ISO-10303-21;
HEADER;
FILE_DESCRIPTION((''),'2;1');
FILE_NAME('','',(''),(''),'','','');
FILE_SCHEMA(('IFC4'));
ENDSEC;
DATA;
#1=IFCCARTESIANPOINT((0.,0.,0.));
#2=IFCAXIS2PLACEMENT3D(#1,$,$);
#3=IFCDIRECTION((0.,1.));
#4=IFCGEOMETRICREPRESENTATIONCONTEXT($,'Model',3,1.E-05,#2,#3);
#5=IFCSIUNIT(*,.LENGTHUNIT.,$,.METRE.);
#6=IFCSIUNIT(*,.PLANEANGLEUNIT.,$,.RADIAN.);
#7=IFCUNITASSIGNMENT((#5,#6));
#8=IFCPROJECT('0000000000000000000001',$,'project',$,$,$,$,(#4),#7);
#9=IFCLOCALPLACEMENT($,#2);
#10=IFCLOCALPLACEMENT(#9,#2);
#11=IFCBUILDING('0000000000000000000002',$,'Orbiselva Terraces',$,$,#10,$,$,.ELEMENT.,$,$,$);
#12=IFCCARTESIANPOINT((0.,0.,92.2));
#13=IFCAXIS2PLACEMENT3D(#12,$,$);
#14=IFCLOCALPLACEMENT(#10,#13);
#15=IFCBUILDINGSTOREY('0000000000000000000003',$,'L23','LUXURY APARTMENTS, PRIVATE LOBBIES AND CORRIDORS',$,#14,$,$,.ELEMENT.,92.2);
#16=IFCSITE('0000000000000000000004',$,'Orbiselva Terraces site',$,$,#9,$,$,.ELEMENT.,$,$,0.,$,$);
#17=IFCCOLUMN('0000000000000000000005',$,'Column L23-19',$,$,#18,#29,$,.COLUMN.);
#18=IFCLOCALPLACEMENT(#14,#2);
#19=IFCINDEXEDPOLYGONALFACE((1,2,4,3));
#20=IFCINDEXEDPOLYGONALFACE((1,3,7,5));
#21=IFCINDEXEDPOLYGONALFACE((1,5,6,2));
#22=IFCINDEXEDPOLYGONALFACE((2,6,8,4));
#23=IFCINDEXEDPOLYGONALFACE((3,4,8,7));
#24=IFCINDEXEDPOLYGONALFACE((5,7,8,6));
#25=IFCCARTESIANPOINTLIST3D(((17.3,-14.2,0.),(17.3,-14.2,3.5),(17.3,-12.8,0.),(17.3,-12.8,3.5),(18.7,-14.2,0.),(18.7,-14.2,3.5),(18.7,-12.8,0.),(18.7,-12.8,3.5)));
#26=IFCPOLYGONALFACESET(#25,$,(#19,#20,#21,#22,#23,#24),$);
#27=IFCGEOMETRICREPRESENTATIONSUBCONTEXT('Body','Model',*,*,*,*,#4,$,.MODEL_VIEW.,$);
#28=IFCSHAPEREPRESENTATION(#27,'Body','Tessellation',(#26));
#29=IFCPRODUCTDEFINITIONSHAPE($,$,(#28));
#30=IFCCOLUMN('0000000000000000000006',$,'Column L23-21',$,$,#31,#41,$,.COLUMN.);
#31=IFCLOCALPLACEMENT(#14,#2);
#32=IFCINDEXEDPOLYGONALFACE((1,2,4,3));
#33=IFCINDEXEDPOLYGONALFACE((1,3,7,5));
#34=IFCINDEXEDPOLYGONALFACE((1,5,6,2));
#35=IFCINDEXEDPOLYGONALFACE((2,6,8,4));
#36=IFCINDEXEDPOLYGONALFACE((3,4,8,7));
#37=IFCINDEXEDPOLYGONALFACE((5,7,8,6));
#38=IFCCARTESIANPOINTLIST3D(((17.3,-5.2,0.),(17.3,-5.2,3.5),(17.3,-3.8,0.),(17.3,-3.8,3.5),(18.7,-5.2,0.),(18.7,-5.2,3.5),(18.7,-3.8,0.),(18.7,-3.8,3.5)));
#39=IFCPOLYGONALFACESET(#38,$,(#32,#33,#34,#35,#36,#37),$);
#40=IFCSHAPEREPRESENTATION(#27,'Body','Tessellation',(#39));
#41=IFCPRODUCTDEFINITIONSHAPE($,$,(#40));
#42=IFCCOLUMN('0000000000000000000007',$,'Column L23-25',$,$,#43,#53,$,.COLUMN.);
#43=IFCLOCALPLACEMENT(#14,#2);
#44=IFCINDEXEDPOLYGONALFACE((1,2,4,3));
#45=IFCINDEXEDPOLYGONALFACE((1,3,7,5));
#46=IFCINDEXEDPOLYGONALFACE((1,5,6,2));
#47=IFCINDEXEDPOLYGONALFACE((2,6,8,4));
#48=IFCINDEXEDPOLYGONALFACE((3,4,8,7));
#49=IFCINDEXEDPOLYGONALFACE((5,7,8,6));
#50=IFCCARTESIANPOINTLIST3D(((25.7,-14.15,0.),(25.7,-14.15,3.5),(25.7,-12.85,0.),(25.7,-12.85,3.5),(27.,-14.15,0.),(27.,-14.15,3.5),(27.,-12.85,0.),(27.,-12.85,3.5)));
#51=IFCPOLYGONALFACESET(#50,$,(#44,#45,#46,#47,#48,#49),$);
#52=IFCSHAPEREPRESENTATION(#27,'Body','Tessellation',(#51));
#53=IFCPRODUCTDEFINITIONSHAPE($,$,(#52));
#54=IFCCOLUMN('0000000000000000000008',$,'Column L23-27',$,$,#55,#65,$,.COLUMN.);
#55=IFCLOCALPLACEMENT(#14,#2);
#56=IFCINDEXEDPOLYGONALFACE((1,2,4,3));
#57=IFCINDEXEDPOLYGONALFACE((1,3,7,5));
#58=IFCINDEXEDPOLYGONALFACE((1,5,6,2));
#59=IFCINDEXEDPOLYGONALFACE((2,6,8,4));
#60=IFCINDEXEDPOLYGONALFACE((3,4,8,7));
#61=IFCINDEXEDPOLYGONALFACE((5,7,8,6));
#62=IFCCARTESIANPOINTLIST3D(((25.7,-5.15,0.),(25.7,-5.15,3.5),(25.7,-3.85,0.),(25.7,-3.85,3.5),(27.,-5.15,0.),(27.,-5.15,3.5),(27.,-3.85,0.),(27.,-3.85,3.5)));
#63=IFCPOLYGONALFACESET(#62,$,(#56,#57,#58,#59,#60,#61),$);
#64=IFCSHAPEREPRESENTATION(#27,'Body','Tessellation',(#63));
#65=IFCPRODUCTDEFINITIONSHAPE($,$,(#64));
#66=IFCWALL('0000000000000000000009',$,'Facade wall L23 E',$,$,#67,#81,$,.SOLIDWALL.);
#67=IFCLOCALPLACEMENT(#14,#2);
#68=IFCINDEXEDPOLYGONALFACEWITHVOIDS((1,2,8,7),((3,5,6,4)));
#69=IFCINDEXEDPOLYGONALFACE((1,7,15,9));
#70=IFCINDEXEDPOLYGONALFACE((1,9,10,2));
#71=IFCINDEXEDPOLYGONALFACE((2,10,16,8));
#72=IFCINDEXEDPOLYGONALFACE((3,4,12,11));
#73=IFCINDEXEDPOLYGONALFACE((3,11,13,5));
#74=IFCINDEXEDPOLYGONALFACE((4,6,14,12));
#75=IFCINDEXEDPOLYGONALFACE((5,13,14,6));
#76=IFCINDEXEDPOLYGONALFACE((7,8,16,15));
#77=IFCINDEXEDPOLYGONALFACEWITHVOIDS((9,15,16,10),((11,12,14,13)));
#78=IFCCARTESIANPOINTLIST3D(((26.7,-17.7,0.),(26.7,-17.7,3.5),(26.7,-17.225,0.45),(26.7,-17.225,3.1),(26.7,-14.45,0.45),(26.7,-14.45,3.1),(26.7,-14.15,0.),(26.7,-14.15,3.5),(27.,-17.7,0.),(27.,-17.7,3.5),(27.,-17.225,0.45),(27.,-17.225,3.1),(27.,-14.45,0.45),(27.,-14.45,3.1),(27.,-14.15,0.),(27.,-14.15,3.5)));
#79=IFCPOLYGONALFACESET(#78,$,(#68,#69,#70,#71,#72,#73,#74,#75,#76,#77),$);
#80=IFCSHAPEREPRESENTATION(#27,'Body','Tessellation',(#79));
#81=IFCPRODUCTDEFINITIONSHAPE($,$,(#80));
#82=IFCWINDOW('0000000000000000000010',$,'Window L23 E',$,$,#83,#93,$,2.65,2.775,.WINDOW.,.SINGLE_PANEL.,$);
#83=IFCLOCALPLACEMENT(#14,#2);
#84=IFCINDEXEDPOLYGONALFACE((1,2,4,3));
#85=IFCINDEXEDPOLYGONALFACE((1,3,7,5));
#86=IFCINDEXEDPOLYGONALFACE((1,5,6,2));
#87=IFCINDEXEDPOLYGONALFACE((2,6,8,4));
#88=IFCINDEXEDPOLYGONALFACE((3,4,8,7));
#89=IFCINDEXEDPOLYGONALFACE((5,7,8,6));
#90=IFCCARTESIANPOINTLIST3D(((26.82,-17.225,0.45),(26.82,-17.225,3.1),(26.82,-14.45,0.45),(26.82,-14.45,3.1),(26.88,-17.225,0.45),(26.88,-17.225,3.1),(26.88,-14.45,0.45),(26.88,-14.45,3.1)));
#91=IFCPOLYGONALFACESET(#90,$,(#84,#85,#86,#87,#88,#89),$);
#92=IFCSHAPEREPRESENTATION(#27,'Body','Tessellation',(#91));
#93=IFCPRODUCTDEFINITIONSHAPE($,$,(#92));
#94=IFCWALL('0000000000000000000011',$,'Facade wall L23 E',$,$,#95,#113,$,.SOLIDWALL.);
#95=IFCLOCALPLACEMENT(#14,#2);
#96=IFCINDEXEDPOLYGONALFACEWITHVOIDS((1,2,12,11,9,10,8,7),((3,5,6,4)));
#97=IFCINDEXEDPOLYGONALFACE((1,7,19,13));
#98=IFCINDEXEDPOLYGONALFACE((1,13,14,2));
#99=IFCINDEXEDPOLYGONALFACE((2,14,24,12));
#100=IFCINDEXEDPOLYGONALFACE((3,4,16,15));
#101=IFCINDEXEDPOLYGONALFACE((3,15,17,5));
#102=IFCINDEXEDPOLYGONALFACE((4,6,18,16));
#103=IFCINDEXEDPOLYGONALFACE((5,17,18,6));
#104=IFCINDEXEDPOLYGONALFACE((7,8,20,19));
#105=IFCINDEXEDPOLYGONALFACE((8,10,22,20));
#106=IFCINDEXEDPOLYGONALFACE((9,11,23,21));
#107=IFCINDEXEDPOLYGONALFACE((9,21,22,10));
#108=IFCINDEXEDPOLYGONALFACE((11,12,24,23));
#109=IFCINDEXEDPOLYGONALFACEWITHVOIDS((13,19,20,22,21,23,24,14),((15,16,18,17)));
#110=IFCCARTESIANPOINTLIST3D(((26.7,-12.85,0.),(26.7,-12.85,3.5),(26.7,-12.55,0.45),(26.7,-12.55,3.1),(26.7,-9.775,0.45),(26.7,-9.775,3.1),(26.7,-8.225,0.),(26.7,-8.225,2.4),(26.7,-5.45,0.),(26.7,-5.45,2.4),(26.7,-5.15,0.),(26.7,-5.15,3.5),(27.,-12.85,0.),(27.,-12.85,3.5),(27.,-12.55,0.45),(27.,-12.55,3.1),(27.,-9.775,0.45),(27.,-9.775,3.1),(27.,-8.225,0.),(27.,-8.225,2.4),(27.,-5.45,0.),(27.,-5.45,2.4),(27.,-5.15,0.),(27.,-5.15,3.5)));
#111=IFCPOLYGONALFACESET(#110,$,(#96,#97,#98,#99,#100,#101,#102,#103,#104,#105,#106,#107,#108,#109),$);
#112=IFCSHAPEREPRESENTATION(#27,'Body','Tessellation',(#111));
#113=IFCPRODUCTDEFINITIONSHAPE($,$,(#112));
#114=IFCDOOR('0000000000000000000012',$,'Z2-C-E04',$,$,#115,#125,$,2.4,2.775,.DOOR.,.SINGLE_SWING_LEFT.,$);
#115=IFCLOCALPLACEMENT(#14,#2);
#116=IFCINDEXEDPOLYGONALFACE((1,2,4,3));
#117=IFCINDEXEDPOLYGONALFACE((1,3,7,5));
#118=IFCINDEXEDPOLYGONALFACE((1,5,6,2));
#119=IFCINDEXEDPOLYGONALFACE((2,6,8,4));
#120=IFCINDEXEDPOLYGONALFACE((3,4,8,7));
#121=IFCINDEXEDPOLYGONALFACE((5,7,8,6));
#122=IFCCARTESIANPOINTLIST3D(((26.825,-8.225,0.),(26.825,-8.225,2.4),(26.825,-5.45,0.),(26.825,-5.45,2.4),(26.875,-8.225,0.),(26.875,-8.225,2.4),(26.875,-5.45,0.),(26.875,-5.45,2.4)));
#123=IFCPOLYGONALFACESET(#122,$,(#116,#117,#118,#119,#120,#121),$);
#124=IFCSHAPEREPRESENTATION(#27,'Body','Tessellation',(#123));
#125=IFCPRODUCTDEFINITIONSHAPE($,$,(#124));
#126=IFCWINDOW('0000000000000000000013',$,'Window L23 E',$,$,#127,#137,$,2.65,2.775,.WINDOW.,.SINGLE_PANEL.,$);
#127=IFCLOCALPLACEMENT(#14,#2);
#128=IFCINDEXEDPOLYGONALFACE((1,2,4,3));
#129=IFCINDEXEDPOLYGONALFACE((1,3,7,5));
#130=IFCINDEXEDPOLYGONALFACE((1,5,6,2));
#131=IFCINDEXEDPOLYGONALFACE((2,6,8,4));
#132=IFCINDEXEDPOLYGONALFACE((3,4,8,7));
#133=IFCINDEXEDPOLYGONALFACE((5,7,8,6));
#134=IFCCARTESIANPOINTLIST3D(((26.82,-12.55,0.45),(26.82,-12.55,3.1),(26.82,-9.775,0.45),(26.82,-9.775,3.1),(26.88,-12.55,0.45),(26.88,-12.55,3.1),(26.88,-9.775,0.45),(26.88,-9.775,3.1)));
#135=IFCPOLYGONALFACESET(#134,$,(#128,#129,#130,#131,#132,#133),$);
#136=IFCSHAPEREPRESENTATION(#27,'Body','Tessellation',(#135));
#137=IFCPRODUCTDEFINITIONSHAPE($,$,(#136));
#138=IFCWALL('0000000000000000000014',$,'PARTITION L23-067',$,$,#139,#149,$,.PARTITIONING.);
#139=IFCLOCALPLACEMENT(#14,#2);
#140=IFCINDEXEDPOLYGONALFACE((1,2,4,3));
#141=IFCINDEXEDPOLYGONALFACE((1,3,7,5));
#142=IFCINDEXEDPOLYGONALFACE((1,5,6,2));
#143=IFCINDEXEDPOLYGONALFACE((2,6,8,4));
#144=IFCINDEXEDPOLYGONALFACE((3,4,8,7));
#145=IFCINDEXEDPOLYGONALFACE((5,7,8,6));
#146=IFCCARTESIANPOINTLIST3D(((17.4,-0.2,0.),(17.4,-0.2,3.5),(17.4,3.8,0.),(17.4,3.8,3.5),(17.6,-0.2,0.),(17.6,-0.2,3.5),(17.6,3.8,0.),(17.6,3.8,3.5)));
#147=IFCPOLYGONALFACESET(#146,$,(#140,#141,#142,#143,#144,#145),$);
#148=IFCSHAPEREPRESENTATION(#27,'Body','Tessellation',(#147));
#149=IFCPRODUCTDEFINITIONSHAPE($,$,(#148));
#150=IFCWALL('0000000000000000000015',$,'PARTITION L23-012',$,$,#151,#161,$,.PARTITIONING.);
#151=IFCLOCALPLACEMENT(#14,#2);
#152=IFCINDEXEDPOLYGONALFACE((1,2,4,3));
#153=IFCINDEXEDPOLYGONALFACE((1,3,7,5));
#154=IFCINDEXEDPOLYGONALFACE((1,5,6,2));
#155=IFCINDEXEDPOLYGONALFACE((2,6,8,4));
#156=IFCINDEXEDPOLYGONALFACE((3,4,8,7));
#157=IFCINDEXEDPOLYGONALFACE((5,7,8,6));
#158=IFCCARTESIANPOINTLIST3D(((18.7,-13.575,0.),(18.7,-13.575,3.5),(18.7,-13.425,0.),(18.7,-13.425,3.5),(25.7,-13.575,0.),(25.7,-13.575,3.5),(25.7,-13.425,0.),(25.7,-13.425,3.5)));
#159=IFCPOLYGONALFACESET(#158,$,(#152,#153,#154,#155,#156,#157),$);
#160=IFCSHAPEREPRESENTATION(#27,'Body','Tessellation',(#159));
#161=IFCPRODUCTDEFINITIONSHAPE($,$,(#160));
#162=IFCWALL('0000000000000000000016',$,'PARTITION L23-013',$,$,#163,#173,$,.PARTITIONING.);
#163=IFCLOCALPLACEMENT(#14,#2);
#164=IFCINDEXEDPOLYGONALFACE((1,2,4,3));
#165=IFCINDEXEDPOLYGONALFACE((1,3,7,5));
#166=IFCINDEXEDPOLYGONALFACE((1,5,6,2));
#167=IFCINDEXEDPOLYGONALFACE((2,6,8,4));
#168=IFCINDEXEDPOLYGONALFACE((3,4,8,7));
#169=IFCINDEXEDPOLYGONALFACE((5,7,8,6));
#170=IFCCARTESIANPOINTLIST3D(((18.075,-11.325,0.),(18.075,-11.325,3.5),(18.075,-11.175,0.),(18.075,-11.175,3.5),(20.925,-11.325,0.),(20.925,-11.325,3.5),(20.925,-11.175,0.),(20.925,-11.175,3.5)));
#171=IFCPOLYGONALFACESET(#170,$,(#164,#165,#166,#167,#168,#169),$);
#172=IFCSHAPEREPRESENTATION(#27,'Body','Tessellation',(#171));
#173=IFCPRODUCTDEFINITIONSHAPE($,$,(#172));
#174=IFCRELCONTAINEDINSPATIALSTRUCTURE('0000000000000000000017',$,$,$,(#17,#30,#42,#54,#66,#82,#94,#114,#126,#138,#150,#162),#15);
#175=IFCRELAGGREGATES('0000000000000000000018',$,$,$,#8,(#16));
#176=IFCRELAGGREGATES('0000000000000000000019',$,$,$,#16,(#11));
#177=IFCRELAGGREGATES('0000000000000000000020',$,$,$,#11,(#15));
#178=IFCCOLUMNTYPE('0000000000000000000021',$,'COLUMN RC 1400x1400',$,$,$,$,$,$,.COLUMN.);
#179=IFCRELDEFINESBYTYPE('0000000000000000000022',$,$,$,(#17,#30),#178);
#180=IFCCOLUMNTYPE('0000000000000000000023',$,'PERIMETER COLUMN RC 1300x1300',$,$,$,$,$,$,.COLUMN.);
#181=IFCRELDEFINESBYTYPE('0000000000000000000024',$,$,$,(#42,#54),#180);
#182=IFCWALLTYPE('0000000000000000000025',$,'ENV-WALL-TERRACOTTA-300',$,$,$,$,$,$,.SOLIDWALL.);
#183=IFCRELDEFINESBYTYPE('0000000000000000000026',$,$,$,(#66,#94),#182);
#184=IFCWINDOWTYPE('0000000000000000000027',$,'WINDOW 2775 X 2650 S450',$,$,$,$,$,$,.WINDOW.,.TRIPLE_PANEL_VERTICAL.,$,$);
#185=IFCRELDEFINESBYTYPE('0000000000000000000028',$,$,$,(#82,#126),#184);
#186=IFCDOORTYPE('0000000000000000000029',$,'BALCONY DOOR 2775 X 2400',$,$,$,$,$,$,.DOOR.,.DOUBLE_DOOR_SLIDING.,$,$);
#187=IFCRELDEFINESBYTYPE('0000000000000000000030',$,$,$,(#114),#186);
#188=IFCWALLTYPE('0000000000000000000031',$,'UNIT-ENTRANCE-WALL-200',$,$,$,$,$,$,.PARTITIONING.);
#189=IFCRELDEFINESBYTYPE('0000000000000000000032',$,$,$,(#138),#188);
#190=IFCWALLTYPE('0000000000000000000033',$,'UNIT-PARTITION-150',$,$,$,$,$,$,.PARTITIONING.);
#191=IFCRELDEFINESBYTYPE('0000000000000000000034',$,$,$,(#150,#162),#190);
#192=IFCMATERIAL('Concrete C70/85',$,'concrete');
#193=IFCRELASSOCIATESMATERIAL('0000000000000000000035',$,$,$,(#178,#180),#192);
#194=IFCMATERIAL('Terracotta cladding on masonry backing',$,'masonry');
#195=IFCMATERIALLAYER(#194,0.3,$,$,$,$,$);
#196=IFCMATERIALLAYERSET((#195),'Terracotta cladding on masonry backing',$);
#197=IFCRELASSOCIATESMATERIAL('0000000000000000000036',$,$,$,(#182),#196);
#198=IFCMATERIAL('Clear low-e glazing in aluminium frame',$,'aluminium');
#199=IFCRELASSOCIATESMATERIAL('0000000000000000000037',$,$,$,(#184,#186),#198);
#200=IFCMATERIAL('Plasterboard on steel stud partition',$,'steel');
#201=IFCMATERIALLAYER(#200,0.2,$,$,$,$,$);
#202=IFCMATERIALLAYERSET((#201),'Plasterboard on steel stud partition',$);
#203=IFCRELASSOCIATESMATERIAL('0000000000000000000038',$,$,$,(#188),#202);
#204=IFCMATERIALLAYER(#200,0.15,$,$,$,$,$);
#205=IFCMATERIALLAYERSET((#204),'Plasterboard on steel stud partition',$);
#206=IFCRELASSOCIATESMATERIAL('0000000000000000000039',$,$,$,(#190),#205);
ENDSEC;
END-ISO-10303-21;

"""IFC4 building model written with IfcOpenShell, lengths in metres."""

from ifc_helpers import new_model, si_unit, direction, frame, frame_2d, origin, origin_2d, place, context, subcontext, project, spatial, rectangle, extrude, material, layer, layer_set, material_profile, profile_set, type_object, element, fill, save


model = new_model("IFC4")

# Units and contexts
model_context = context("Model", 3, precision=1e-05, world=origin(), true_north=direction((0.0, 1.0)))
body_context = subcontext(model_context, "Body", "Model", "MODEL_VIEW")
ifc_project = project(units=[si_unit("LENGTHUNIT", "METRE"), si_unit("PLANEANGLEUNIT", "RADIAN")], contexts=[model_context])

# Site, building, storey
site_placement = place(None, origin())
site = spatial("IfcSite", under=ifc_project, at=site_placement, Name="Orbiselva Terraces site", CompositionType="ELEMENT", RefElevation=0.0)
building_placement = place(site_placement, origin())
building = spatial("IfcBuilding", under=site, at=building_placement, Name="Orbiselva Terraces", CompositionType="ELEMENT")
storey_placement = place(building_placement, frame((0.0, 0.0, 92.2)))
storey = spatial("IfcBuildingStorey", under=building, at=storey_placement, Name="L23", Description="LUXURY APARTMENTS, PRIVATE LOBBIES AND CORRIDORS", CompositionType="ELEMENT", Elevation=92.2)

# Columns
ifc_material_1 = material(Name="Concrete C70/85", Category="concrete")
ifc_material_profile_1 = material_profile(ifc_material_1, rectangle(XDim=1.4, YDim=1.4, at=origin_2d()), Name="RC 1400x1400")
ifc_profile_set_1 = profile_set([ifc_material_profile_1], Name="Concrete C70/85")
column_type_1 = type_object("IfcColumnType", Name="COLUMN RC 1400x1400", PredefinedType="COLUMN", material=ifc_profile_set_1)
for number, where, z_axis, x_axis, name in (
    (1, (18.0, -13.5, 0.0), (0.0, 0.0, 1.0), (1.0, 0.0, 0.0), "Column L23-19"),
    (2, (18.0, -4.5, 0.0), (0.0, 0.0, 1.0), (1.0, 0.0, 0.0), "Column L23-21"),
):
    element("IfcColumn", number, at=place(storey_placement, frame(where, z_axis=z_axis, x_axis=x_axis)), inside=storey, type_object=column_type_1, Name=name, PredefinedType="COLUMN", context=body_context, shape_type="SweptSolid", body=[
        extrude(rectangle(XDim=1.4, YDim=1.4, at=origin_2d()), origin(), (0.0, 0.0, 1.0), 3.5),
    ])
ifc_material_profile_2 = material_profile(ifc_material_1, rectangle(XDim=1.3, YDim=1.3, at=origin_2d()), Name="RC 1300x1300")
ifc_profile_set_2 = profile_set([ifc_material_profile_2], Name="Concrete C70/85")
column_type_2 = type_object("IfcColumnType", Name="PERIMETER COLUMN RC 1300x1300", PredefinedType="COLUMN", material=ifc_profile_set_2)
for number, where, z_axis, x_axis, name in (
    (3, (26.35, -13.5, 0.0), (0.0, 0.0, 1.0), (1.0, 0.0, 0.0), "Column L23-25"),
    (4, (26.35, -4.5, 0.0), (0.0, 0.0, 1.0), (1.0, 0.0, 0.0), "Column L23-27"),
):
    element("IfcColumn", number, at=place(storey_placement, frame(where, z_axis=z_axis, x_axis=x_axis)), inside=storey, type_object=column_type_2, Name=name, PredefinedType="COLUMN", context=body_context, shape_type="SweptSolid", body=[
        extrude(rectangle(XDim=1.3, YDim=1.3, at=origin_2d()), origin(), (0.0, 0.0, 1.0), 3.5),
    ])

# Wall, opening, window
ifc_material_2 = material(Name="Terracotta cladding on masonry backing", Category="masonry")
ifc_layer_1 = layer(ifc_material_2, 0.3)
ifc_layer_set_1 = layer_set([ifc_layer_1], Name="Terracotta cladding on masonry backing")
wall_type_1 = type_object("IfcWallType", Name="ENV-WALL-TERRACOTTA-300", PredefinedType="SOLIDWALL", material=ifc_layer_set_1)
wall_1_placement = place(storey_placement, frame((26.85, -14.15, 0.0), z_axis=(0.0, 0.0, 1.0), x_axis=(0.0, -1.0, 0.0)))
wall_1 = element("IfcWall", 5, at=wall_1_placement, inside=storey, type_object=wall_type_1, Name="Facade wall L23 E", PredefinedType="SOLIDWALL", context=body_context, shape_type="SweptSolid", body=[
    extrude(rectangle(XDim=3.55, YDim=0.3, at=frame_2d((1.775, 0.0))), origin(), (0.0, 0.0, 1.0), 3.5),
])
opening_1_placement = place(wall_1_placement, frame((0.3, 0.0, 0.45)))
opening_1 = element("IfcOpeningElement", 6, at=opening_1_placement, cuts=wall_1, PredefinedType="OPENING", context=body_context, shape_type="SweptSolid", body=[
    extrude(rectangle(XDim=2.775, YDim=2.65, at=frame_2d((1.3875, 1.325))), frame((0.0, 0.16, 0.0), z_axis=(0.0, -1.0, 0.0), x_axis=(1.0, 0.0, 0.0)), (0.0, 0.0, 1.0), 0.32),
])
ifc_material_3 = material(Name="Clear low-e glazing in aluminium frame", Category="aluminium")
window_type = type_object("IfcWindowType", Name="WINDOW 2775 X 2650 S450", PartitioningType="TRIPLE_PANEL_VERTICAL", PredefinedType="WINDOW", material=ifc_material_3)
window_1_placement = place(opening_1_placement, origin())
window_1 = element("IfcWindow", 7, at=window_1_placement, inside=storey, type_object=window_type, Name="Window L23 E", OverallHeight=2.65, OverallWidth=2.775, PartitioningType="SINGLE_PANEL", PredefinedType="WINDOW", context=body_context, shape_type="SweptSolid", body=[
    extrude(rectangle(XDim=2.775, YDim=2.65, at=frame_2d((1.3875, 1.325))), frame((0.0, 0.03, 0.0), z_axis=(0.0, -1.0, 0.0), x_axis=(1.0, 0.0, 0.0)), (0.0, 0.0, 1.0), 0.06),
])
fill(opening_1, window_1)

# Wall, openings, door, window
wall_2_placement = place(storey_placement, frame((26.85, -5.15, 0.0), z_axis=(0.0, 0.0, 1.0), x_axis=(0.0, -1.0, 0.0)))
wall_2 = element("IfcWall", 8, at=wall_2_placement, inside=storey, type_object=wall_type_1, Name="Facade wall L23 E", PredefinedType="SOLIDWALL", context=body_context, shape_type="SweptSolid", body=[
    extrude(rectangle(XDim=7.7, YDim=0.3, at=frame_2d((3.85, 0.0))), origin(), (0.0, 0.0, 1.0), 3.5),
])
opening_2_placement = place(wall_2_placement, frame((4.625, 0.0, 0.45)))
opening_2 = element("IfcOpeningElement", 9, at=opening_2_placement, cuts=wall_2, PredefinedType="OPENING", context=body_context, shape_type="SweptSolid", body=[
    extrude(rectangle(XDim=2.775, YDim=2.65, at=frame_2d((1.3875, 1.325))), frame((0.0, 0.16, 0.0), z_axis=(0.0, -1.0, 0.0), x_axis=(1.0, 0.0, 0.0)), (0.0, 0.0, 1.0), 0.32),
])
opening_3_placement = place(wall_2_placement, frame((0.3, 0.0, 0.0)))
opening_3 = element("IfcOpeningElement", 10, at=opening_3_placement, cuts=wall_2, PredefinedType="OPENING", context=body_context, shape_type="SweptSolid", body=[
    extrude(rectangle(XDim=2.775, YDim=2.4, at=frame_2d((1.3875, 1.2))), frame((0.0, 0.16, 0.0), z_axis=(0.0, -1.0, 0.0), x_axis=(1.0, 0.0, 0.0)), (0.0, 0.0, 1.0), 0.32),
])
door_type_1 = type_object("IfcDoorType", Name="BALCONY DOOR 2775 X 2400", OperationType="DOUBLE_DOOR_SLIDING", PredefinedType="DOOR", material=ifc_material_3)
door_1_placement = place(opening_3_placement, origin())
door_1 = element("IfcDoor", 11, at=door_1_placement, inside=storey, type_object=door_type_1, Name="Z2-C-E04", OperationType="SINGLE_SWING_LEFT", OverallHeight=2.4, OverallWidth=2.775, PredefinedType="DOOR", context=body_context, shape_type="SweptSolid", body=[
    extrude(rectangle(XDim=2.775, YDim=2.4, at=frame_2d((1.3875, 1.2))), frame((0.0, 0.025, 0.0), z_axis=(0.0, -1.0, 0.0), x_axis=(1.0, 0.0, 0.0)), (0.0, 0.0, 1.0), 0.05),
])
fill(opening_3, door_1)
window_2_placement = place(opening_2_placement, origin())
window_2 = element("IfcWindow", 12, at=window_2_placement, inside=storey, type_object=window_type, Name="Window L23 E", OverallHeight=2.65, OverallWidth=2.775, PartitioningType="SINGLE_PANEL", PredefinedType="WINDOW", context=body_context, shape_type="SweptSolid", body=[
    extrude(rectangle(XDim=2.775, YDim=2.65, at=frame_2d((1.3875, 1.325))), frame((0.0, 0.03, 0.0), z_axis=(0.0, -1.0, 0.0), x_axis=(1.0, 0.0, 0.0)), (0.0, 0.0, 1.0), 0.06),
])
fill(opening_2, window_2)

# Walls
ifc_material_4 = material(Name="Plasterboard on steel stud partition", Category="steel")
ifc_layer_2 = layer(ifc_material_4, 0.2)
ifc_layer_set_2 = layer_set([ifc_layer_2], Name="Plasterboard on steel stud partition")
wall_type_2 = type_object("IfcWallType", Name="UNIT-ENTRANCE-WALL-200", PredefinedType="PARTITIONING", material=ifc_layer_set_2)
wall_3_placement = place(storey_placement, frame((17.5, -0.2, 0.0), z_axis=(0.0, 0.0, 1.0), x_axis=(0.0, 1.0, 0.0)))
element("IfcWall", 13, at=wall_3_placement, inside=storey, type_object=wall_type_2, Name="PARTITION L23-067", PredefinedType="PARTITIONING", context=body_context, shape_type="SweptSolid", body=[
    extrude(rectangle(XDim=4.0, YDim=0.2, at=frame_2d((2.0, 0.0))), origin(), (0.0, 0.0, 1.0), 3.5),
])
ifc_layer_3 = layer(ifc_material_4, 0.15)
ifc_layer_set_3 = layer_set([ifc_layer_3], Name="Plasterboard on steel stud partition")
wall_type_3 = type_object("IfcWallType", Name="UNIT-PARTITION-150", PredefinedType="PARTITIONING", material=ifc_layer_set_3)
wall_4_placement = place(storey_placement, frame((18.7, -13.5, 0.0), z_axis=(0.0, 0.0, 1.0), x_axis=(1.0, 0.0, 0.0)))
element("IfcWall", 14, at=wall_4_placement, inside=storey, type_object=wall_type_3, Name="PARTITION L23-012", PredefinedType="PARTITIONING", context=body_context, shape_type="SweptSolid", body=[
    extrude(rectangle(XDim=7.0, YDim=0.15, at=frame_2d((3.5, 0.0))), origin(), (0.0, 0.0, 1.0), 3.5),
])
wall_5_placement = place(storey_placement, frame((18.075, -11.25, 0.0), z_axis=(0.0, 0.0, 1.0), x_axis=(1.0, 0.0, 0.0)))
element("IfcWall", 15, at=wall_5_placement, inside=storey, type_object=wall_type_3, Name="PARTITION L23-013", PredefinedType="PARTITIONING", context=body_context, shape_type="SweptSolid", body=[
    extrude(rectangle(XDim=2.85, YDim=0.15, at=frame_2d((1.425, 0.0))), origin(), (0.0, 0.0, 1.0), 3.5),
])

save(model, "model.ifc")
